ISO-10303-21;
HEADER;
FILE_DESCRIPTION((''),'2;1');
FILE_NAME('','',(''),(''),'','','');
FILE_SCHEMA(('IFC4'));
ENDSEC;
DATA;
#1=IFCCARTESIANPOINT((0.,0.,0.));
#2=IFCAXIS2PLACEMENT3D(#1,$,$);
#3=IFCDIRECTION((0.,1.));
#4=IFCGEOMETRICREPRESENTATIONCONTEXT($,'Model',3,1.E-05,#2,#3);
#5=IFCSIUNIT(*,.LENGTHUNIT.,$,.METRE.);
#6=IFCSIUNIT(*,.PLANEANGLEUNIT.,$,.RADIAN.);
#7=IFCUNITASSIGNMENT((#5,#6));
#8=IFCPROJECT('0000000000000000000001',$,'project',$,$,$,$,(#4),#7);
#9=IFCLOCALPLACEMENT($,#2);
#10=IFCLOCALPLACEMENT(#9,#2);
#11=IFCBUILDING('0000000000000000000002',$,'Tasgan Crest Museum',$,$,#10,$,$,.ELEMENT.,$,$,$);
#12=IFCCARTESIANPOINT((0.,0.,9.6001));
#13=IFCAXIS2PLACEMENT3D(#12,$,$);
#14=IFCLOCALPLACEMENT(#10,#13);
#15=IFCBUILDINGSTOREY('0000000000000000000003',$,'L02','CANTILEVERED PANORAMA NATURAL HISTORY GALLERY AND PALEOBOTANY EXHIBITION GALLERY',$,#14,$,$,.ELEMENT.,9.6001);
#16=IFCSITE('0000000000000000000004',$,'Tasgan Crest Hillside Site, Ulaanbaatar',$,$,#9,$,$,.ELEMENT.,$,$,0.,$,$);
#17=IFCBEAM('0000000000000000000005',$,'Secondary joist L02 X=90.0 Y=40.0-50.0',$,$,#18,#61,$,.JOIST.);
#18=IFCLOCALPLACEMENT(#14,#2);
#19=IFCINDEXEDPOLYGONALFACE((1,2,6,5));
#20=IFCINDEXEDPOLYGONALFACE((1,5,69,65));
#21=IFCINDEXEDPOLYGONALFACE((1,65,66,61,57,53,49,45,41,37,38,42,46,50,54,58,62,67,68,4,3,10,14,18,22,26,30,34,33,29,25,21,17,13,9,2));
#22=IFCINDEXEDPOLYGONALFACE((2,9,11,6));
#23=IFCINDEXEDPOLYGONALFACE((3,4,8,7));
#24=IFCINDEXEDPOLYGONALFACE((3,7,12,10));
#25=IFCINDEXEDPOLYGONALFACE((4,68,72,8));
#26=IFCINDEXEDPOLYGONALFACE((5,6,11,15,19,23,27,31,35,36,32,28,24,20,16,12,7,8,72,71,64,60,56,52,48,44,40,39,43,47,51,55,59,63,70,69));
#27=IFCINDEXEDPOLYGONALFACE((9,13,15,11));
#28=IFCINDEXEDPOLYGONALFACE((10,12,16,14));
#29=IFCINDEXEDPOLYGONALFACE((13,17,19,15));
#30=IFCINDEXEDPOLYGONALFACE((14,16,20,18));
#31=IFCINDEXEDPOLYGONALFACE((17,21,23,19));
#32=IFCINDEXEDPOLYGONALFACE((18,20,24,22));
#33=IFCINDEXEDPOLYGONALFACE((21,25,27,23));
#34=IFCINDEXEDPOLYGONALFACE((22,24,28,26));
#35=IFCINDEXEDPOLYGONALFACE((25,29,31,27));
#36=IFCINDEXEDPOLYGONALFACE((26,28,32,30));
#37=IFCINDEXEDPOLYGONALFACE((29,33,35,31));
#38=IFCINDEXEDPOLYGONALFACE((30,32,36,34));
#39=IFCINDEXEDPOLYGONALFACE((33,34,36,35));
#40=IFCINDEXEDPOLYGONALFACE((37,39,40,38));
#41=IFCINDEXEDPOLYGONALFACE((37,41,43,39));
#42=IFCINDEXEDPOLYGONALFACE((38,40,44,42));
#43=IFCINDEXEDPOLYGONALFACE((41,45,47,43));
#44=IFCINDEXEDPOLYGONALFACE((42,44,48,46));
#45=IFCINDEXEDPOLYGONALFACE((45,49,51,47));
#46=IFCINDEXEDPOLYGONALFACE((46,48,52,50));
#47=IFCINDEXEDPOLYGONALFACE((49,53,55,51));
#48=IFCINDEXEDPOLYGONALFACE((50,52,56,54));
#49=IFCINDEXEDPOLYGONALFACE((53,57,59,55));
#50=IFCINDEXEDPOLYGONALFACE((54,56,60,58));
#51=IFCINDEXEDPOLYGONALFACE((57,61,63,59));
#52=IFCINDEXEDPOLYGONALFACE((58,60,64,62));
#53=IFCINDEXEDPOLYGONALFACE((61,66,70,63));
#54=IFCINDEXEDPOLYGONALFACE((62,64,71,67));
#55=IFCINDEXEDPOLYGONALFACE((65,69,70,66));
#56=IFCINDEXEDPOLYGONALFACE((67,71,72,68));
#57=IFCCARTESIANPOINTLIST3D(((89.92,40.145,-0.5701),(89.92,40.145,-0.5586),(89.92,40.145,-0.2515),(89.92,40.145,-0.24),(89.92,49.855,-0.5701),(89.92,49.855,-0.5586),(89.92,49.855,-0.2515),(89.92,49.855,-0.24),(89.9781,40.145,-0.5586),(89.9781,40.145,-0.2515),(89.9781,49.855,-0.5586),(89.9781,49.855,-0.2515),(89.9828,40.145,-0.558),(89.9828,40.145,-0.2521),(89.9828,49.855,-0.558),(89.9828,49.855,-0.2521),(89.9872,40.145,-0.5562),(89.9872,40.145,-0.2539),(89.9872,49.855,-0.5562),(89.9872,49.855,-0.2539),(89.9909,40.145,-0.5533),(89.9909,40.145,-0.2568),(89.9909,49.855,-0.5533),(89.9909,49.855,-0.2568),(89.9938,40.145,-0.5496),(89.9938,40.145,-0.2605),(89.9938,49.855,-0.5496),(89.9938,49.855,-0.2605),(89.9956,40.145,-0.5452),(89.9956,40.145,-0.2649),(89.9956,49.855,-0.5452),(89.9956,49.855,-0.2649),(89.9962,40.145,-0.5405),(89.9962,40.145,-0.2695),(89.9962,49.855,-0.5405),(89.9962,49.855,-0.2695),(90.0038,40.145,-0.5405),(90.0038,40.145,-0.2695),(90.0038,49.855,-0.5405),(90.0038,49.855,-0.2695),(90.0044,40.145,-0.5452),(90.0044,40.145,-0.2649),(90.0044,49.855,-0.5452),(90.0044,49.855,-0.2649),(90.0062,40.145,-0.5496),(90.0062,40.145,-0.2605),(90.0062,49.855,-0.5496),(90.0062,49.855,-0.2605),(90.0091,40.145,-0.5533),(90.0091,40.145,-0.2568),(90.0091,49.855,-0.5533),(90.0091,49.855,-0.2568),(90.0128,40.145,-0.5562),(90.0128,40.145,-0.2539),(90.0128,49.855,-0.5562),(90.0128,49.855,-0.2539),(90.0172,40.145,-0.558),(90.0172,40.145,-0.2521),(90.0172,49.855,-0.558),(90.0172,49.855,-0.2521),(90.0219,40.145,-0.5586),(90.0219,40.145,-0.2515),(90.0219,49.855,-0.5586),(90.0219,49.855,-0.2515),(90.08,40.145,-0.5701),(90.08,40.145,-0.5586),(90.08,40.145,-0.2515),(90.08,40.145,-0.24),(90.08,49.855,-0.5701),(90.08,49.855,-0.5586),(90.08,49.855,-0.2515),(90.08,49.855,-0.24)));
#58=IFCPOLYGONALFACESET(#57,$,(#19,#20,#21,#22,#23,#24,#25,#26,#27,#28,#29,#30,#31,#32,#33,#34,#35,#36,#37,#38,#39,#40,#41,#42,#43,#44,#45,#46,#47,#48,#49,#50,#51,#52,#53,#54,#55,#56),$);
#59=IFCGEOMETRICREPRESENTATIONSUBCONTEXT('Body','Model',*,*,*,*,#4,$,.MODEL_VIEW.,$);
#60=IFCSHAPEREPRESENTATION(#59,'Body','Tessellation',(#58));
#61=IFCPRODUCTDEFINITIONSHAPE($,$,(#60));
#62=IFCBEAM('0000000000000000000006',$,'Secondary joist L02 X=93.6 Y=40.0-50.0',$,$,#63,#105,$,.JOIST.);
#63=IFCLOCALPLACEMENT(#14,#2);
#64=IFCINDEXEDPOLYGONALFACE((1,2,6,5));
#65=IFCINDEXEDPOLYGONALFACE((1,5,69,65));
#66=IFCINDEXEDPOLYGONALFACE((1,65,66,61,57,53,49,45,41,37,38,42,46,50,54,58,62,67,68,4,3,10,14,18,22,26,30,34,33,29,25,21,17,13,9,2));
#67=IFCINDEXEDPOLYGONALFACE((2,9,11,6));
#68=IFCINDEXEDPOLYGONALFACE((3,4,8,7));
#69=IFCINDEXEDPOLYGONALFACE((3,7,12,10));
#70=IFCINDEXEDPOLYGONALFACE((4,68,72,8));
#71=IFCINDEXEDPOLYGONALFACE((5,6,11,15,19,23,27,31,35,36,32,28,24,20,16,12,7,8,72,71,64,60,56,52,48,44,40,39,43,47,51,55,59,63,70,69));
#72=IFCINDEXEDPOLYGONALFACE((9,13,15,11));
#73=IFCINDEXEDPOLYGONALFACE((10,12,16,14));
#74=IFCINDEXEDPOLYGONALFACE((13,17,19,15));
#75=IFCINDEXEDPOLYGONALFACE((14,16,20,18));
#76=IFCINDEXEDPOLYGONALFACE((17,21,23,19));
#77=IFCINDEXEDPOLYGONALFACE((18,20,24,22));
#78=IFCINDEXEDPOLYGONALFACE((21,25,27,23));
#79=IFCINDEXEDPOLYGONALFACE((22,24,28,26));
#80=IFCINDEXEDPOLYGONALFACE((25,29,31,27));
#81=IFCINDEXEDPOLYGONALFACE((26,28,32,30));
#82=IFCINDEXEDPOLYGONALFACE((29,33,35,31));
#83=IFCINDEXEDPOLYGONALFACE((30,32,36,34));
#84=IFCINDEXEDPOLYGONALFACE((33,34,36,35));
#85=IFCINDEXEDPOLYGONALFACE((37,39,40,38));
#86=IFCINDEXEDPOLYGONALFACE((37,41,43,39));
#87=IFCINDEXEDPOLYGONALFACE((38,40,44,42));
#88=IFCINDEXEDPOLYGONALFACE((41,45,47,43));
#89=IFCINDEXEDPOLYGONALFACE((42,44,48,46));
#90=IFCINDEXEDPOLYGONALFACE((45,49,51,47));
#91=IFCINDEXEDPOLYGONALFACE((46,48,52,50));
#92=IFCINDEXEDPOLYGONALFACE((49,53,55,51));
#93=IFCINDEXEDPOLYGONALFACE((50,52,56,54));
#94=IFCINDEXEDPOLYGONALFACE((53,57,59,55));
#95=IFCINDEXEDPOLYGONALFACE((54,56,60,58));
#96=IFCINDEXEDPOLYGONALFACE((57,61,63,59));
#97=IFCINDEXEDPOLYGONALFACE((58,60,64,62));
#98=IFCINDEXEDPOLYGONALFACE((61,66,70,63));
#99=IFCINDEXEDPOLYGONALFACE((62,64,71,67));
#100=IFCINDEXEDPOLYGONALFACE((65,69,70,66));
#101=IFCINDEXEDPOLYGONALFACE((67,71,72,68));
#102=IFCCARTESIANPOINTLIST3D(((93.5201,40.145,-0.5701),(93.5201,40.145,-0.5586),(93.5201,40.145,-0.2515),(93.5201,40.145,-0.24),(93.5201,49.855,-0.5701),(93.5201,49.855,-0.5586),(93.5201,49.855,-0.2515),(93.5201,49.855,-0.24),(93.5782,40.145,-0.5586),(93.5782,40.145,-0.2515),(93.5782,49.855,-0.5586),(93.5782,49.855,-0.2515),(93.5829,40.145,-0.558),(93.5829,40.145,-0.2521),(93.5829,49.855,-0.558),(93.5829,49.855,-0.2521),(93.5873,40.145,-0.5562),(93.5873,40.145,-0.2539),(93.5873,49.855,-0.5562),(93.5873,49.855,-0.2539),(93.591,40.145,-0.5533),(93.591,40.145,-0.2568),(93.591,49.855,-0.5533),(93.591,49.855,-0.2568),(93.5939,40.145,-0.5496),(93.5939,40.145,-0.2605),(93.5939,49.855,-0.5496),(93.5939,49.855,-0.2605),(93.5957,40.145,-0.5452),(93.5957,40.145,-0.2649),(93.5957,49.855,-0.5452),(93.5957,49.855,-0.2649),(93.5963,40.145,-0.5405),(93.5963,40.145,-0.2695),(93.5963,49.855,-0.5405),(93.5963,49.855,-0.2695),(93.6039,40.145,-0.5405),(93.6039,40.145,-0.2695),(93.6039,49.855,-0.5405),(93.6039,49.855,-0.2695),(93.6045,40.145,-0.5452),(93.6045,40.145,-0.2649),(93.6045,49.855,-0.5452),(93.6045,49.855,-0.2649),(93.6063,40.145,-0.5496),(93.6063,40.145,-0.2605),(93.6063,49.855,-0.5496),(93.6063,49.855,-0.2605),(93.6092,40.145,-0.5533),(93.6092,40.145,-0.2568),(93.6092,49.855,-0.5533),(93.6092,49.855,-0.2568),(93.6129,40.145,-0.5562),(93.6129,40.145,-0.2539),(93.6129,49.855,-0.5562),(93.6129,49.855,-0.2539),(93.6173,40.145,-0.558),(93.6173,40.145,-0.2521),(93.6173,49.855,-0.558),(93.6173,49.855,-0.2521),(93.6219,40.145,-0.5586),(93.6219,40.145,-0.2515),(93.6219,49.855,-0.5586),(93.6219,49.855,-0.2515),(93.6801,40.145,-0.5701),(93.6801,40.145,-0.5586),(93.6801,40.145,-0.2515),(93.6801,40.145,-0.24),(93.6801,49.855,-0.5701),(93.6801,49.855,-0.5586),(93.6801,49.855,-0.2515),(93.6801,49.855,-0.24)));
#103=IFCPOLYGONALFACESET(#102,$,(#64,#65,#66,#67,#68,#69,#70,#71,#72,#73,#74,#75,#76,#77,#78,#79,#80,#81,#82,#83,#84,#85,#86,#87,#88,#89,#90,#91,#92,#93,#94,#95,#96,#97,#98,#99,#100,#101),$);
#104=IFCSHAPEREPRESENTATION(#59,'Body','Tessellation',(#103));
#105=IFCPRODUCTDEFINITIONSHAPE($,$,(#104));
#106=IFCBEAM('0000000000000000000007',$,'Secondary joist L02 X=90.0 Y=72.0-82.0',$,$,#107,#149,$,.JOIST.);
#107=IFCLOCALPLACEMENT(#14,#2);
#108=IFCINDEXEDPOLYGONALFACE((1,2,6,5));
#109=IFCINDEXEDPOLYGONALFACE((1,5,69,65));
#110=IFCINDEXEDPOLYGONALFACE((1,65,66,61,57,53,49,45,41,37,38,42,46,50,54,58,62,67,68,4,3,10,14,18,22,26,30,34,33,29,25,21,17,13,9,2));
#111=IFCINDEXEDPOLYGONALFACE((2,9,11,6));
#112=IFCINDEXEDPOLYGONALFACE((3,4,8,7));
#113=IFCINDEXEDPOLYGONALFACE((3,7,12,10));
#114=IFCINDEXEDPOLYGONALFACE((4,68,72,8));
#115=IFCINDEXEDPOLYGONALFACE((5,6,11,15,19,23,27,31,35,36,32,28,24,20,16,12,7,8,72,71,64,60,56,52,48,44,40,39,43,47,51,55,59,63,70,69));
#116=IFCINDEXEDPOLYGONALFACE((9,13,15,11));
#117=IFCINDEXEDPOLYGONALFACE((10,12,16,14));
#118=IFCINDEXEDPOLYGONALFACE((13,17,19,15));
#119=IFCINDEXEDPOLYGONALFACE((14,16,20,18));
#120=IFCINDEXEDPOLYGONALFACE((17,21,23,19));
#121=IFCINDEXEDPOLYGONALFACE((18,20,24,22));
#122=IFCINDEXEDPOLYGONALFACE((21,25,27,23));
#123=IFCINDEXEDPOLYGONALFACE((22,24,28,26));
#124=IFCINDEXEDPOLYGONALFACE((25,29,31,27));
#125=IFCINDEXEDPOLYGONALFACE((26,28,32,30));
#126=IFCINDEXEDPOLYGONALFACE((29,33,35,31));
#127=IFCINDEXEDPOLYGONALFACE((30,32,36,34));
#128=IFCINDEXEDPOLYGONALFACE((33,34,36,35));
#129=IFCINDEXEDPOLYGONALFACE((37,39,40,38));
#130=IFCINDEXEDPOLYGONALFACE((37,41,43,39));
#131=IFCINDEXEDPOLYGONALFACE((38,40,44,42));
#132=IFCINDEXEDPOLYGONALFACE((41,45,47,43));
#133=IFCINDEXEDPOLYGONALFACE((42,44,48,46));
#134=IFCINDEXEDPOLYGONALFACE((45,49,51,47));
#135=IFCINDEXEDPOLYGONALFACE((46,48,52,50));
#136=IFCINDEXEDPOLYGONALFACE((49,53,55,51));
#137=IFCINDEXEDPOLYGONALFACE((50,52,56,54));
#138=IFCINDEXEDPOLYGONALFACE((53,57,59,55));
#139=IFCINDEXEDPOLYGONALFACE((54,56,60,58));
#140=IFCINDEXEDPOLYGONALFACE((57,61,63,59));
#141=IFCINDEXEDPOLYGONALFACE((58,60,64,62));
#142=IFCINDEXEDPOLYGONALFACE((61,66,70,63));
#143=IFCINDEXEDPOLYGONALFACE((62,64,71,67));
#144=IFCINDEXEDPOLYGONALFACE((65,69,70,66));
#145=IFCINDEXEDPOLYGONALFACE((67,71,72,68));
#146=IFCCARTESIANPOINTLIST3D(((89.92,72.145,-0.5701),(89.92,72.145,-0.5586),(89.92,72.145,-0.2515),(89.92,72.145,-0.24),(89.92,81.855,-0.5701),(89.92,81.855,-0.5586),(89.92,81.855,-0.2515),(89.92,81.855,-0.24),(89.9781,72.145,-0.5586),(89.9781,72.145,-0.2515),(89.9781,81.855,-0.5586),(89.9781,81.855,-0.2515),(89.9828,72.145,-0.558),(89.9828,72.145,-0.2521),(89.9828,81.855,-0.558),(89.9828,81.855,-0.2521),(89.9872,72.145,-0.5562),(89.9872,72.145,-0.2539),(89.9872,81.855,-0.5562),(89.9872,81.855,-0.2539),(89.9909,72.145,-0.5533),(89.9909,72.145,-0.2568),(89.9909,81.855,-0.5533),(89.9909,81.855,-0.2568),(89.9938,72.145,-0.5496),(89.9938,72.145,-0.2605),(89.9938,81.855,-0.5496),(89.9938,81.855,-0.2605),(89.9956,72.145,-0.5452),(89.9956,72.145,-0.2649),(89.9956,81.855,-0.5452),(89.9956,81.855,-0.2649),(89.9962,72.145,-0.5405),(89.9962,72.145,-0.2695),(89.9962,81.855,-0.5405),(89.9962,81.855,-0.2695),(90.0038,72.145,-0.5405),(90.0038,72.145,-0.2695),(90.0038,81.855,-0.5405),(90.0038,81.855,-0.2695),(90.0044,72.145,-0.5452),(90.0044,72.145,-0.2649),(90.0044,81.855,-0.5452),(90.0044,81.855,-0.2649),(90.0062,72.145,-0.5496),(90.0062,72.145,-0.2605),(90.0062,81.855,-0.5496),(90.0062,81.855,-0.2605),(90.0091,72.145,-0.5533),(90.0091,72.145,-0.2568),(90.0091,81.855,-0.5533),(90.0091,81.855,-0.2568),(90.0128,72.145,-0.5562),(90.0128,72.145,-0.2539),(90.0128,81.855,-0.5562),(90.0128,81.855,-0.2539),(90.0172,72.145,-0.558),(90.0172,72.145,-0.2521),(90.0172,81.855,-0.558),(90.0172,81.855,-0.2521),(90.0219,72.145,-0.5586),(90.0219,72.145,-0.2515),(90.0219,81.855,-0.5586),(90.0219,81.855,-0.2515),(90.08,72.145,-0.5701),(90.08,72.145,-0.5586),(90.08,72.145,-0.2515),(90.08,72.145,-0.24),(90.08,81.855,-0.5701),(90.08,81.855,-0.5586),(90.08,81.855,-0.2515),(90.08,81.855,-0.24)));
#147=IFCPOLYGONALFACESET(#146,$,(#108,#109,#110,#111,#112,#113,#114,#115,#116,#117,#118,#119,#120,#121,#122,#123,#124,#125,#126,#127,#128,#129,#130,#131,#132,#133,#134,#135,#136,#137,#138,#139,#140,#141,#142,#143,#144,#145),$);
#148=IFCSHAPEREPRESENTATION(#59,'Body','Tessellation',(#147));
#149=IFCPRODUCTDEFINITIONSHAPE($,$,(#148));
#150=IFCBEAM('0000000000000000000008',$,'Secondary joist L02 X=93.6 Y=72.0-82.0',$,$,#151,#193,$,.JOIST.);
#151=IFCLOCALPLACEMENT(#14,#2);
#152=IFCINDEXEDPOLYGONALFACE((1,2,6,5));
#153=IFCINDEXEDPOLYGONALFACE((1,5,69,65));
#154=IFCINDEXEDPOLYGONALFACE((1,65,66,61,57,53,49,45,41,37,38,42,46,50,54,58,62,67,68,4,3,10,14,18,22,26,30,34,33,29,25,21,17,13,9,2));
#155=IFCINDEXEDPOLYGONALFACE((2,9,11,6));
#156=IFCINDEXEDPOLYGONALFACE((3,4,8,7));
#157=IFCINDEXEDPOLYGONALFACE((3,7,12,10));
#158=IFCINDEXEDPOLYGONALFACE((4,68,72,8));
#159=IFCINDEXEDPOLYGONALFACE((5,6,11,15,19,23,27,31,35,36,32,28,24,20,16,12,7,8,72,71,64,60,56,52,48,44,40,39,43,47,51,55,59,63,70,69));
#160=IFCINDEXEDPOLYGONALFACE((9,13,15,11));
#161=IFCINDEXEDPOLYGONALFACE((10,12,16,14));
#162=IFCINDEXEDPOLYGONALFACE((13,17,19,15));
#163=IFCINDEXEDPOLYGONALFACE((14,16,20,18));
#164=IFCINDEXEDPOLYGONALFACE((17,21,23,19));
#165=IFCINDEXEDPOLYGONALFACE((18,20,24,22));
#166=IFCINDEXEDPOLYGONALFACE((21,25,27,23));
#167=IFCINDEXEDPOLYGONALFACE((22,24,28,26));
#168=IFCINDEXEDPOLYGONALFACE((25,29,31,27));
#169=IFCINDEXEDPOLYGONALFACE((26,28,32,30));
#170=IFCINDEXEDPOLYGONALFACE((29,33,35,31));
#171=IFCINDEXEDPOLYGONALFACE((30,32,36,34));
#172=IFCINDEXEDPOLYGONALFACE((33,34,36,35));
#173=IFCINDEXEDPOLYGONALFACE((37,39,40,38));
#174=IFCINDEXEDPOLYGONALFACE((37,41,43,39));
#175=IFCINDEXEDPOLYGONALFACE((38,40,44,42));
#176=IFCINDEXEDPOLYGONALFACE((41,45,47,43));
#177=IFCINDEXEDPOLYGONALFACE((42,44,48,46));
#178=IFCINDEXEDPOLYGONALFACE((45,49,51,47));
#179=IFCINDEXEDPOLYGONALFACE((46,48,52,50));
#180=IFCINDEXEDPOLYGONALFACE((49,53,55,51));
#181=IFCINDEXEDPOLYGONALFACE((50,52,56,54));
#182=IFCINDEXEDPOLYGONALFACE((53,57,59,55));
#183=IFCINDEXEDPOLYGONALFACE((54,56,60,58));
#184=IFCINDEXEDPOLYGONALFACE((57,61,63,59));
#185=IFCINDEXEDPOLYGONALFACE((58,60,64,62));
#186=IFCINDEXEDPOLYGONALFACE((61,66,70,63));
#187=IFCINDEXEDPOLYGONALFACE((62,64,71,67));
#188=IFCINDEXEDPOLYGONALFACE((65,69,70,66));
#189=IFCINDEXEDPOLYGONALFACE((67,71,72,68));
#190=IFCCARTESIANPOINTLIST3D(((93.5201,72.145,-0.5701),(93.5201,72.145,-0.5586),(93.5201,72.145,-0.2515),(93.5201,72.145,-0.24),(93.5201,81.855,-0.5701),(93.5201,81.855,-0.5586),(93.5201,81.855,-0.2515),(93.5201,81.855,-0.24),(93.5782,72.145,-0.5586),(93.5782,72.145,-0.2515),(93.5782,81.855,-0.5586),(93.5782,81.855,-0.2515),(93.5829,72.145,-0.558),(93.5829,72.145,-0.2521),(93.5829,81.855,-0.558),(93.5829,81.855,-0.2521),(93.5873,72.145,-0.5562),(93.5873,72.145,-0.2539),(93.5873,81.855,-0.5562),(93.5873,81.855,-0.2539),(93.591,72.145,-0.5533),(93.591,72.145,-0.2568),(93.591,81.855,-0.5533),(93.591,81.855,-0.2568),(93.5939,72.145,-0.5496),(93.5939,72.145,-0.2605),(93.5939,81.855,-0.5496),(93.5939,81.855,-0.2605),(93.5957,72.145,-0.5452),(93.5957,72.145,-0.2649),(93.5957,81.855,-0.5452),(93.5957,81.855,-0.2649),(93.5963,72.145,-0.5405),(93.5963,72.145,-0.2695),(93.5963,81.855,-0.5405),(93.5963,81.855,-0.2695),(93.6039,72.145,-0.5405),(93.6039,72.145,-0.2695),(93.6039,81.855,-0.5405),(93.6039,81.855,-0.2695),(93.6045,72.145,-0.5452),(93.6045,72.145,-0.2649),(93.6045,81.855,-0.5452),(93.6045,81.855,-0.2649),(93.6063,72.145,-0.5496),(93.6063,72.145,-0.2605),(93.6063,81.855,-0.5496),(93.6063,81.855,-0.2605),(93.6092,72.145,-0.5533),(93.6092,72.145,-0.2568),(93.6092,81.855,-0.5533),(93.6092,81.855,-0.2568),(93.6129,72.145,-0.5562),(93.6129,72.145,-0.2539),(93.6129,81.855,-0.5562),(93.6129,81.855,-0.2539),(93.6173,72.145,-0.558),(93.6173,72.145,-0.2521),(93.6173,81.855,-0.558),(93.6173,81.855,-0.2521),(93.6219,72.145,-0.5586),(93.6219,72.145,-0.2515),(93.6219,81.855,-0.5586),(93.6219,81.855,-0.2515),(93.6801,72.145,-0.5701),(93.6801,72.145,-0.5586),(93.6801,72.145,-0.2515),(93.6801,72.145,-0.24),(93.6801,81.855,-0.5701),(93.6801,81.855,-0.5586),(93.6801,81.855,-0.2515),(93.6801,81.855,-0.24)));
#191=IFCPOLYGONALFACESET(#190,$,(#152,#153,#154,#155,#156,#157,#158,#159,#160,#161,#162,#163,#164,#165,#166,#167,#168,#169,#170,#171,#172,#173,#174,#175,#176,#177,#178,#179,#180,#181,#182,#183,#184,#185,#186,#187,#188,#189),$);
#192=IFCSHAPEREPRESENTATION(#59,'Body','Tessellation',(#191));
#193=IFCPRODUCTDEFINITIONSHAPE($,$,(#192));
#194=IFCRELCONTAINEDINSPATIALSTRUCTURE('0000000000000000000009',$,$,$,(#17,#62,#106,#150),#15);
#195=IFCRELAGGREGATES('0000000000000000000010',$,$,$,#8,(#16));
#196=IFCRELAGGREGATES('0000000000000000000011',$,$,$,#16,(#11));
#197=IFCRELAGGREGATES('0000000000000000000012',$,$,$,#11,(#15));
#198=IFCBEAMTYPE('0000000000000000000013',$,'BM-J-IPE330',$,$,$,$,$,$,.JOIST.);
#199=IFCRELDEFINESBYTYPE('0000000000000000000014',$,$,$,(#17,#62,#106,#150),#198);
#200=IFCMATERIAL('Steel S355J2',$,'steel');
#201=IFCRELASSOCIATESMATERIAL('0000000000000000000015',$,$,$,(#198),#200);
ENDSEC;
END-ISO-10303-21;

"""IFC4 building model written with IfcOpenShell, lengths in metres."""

from ifc_helpers import new_model, si_unit, direction, frame, origin, origin_2d, place, context, subcontext, project, spatial, i_section, extrude, material, material_profile, profile_set, type_object, element, save


model = new_model("IFC4")

# Units and contexts
model_context = context("Model", 3, precision=1e-05, world=origin(), true_north=direction((0.0, 1.0)))
body_context = subcontext(model_context, "Body", "Model", "MODEL_VIEW")
ifc_project = project(units=[si_unit("LENGTHUNIT", "METRE"), si_unit("PLANEANGLEUNIT", "RADIAN")], contexts=[model_context])

# Site, building, storey
site_placement = place(None, origin())
site = spatial("IfcSite", under=ifc_project, at=site_placement, Name="Tasgan Crest Hillside Site, Ulaanbaatar", CompositionType="ELEMENT", RefElevation=0.0)
building_placement = place(site_placement, origin())
building = spatial("IfcBuilding", under=site, at=building_placement, Name="Tasgan Crest Museum", CompositionType="ELEMENT")
storey_placement = place(building_placement, frame((0.0, 0.0, 9.6001)))
storey = spatial("IfcBuildingStorey", under=building, at=storey_placement, Name="L02", Description="CANTILEVERED PANORAMA NATURAL HISTORY GALLERY AND PALEOBOTANY EXHIBITION GALLERY", CompositionType="ELEMENT", Elevation=9.6001)

# Beams
ifc_material_1 = material(Name="Steel S355J2", Category="steel")
ifc_material_profile_1 = material_profile(ifc_material_1, i_section(OverallWidth=0.1599, OverallDepth=0.3301, WebThickness=0.0076, FlangeThickness=0.0115, FilletRadius=0.0181, at=origin_2d()), Name="IPE 330")
ifc_profile_set_1 = profile_set([ifc_material_profile_1], Name="Steel S355J2")
beam_type_1 = type_object("IfcBeamType", Name="BM-J-IPE330", PredefinedType="JOIST", material=ifc_profile_set_1)
for number, where, z_axis, x_axis, name in (
    (1, (90.0, 40.145, -0.405), (0.0, 1.0, 0.0), (-1.0, 0.0, 0.0), "Secondary joist L02 X=90.0 Y=40.0-50.0"),
    (2, (93.6001, 40.145, -0.405), (0.0, 1.0, 0.0), (-1.0, 0.0, 0.0), "Secondary joist L02 X=93.6 Y=40.0-50.0"),
    (3, (90.0, 72.145, -0.405), (0.0, 1.0, 0.0), (-1.0, 0.0, 0.0), "Secondary joist L02 X=90.0 Y=72.0-82.0"),
    (4, (93.6001, 72.145, -0.405), (0.0, 1.0, 0.0), (-1.0, 0.0, 0.0), "Secondary joist L02 X=93.6 Y=72.0-82.0"),
):
    element("IfcBeam", number, at=place(storey_placement, frame(where, z_axis=z_axis, x_axis=x_axis)), inside=storey, type_object=beam_type_1, Name=name, PredefinedType="JOIST", context=body_context, shape_type="SweptSolid", body=[
        extrude(i_section(OverallWidth=0.1599, OverallDepth=0.3301, WebThickness=0.0076, FlangeThickness=0.0115, FilletRadius=0.0181, at=origin_2d()), origin(), (0.0, 0.0, 1.0), 9.71),
    ])

save(model, "model.ifc")
